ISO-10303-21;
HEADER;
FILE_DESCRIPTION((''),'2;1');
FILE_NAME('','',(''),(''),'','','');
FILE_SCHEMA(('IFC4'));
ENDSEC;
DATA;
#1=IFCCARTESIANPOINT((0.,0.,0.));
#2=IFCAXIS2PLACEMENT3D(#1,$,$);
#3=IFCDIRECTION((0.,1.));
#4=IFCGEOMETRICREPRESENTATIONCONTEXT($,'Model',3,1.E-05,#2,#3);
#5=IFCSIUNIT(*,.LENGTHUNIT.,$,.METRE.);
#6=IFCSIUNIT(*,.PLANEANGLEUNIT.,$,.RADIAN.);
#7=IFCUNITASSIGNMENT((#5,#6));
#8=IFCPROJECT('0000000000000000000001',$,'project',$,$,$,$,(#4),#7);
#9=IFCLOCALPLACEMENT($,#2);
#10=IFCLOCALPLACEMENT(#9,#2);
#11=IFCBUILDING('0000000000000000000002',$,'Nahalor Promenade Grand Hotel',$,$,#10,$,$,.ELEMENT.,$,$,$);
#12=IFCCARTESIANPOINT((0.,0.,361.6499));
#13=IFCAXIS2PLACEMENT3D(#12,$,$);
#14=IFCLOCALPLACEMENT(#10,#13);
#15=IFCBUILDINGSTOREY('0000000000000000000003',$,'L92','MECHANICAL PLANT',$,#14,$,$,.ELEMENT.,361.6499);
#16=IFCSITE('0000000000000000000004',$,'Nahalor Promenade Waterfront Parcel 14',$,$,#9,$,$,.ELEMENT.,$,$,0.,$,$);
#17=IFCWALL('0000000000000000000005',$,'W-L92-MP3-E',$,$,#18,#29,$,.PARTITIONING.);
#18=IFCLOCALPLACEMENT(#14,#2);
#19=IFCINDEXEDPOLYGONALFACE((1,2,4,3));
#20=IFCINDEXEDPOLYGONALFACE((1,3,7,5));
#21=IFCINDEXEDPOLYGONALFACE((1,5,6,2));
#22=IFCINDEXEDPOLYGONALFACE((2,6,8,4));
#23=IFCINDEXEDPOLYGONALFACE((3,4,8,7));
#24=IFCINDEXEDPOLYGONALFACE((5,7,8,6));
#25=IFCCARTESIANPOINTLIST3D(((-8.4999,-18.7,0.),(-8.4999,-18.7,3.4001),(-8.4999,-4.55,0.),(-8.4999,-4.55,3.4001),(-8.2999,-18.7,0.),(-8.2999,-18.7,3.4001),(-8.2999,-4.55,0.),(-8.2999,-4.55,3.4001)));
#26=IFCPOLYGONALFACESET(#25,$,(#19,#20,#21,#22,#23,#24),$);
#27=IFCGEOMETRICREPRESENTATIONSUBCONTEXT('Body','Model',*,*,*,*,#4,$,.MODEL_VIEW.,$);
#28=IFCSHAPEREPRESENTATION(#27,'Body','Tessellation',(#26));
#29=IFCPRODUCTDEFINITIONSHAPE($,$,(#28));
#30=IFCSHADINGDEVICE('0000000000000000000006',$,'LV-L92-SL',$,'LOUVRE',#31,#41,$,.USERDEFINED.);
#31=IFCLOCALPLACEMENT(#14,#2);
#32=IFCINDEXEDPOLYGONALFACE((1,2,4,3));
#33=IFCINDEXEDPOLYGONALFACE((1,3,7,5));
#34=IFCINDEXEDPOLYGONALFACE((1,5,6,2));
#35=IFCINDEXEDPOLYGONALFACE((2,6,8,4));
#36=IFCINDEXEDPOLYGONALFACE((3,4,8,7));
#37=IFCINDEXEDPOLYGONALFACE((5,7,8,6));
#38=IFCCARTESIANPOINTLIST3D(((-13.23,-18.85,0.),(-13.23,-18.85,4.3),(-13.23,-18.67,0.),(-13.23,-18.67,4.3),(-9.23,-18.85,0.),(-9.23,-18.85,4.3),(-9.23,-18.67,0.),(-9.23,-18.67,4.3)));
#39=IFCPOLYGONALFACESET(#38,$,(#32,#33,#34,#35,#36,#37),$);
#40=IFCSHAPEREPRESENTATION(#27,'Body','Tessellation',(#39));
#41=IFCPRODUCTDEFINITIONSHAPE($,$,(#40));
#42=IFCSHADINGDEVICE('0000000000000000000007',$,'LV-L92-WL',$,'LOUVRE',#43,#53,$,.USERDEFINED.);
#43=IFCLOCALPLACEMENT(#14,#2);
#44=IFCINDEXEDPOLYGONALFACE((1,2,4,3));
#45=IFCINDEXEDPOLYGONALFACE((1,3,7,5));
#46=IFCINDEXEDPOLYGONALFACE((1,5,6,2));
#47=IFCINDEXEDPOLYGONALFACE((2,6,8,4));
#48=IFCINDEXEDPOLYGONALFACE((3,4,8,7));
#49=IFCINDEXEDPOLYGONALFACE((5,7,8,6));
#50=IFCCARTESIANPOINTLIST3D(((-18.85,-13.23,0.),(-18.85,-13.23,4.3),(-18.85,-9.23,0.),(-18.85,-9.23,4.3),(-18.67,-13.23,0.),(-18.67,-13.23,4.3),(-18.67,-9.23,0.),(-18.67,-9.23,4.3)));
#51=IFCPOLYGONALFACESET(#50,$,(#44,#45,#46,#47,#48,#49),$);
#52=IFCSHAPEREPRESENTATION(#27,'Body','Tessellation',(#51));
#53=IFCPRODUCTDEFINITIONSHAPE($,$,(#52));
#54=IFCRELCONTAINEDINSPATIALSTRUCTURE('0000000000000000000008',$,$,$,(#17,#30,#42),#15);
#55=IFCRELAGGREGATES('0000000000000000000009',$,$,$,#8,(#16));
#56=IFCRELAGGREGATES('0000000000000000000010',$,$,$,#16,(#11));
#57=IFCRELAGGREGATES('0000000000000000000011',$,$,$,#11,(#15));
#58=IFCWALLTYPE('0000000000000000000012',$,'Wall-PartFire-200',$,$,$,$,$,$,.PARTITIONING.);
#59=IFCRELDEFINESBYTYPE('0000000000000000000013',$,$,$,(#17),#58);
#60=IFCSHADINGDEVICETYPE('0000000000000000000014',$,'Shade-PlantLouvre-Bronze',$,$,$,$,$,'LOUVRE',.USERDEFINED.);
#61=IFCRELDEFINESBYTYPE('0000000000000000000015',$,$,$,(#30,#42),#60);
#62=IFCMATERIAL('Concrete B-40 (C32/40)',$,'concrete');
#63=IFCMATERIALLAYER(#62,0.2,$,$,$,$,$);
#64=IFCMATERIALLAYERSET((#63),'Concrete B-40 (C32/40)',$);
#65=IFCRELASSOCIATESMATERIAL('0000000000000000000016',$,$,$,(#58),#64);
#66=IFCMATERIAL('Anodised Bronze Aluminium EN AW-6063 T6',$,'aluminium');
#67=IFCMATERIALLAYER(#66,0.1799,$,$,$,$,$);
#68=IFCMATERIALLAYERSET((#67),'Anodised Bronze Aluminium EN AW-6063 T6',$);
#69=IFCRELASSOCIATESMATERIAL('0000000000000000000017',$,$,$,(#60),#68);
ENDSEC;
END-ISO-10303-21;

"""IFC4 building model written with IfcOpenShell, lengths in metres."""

from ifc_helpers import new_model, si_unit, direction, frame, frame_2d, origin, origin_2d, place, context, subcontext, project, spatial, rectangle, extrude, source, transform, mapped, material, layer, layer_set, type_object, element, save


model = new_model("IFC4")

# Units and contexts
model_context = context("Model", 3, precision=1e-05, world=origin(), true_north=direction((0.0, 1.0)))
body_context = subcontext(model_context, "Body", "Model", "MODEL_VIEW")
ifc_project = project(units=[si_unit("LENGTHUNIT", "METRE"), si_unit("PLANEANGLEUNIT", "RADIAN")], contexts=[model_context])

# Site, building, storey
site_placement = place(None, origin())
site = spatial("IfcSite", under=ifc_project, at=site_placement, Name="Nahalor Promenade Waterfront Parcel 14", CompositionType="ELEMENT", RefElevation=0.0)
building_placement = place(site_placement, origin())
building = spatial("IfcBuilding", under=site, at=building_placement, Name="Nahalor Promenade Grand Hotel", CompositionType="ELEMENT")
storey_placement = place(building_placement, frame((0.0, 0.0, 361.6499)))
storey = spatial("IfcBuildingStorey", under=building, at=storey_placement, Name="L92", Description="MECHANICAL PLANT", CompositionType="ELEMENT", Elevation=361.6499)

# Shared definitions
ifc_material_1 = material(Name="Anodised Bronze Aluminium EN AW-6063 T6", Category="aluminium")

# Wall
ifc_material_2 = material(Name="Concrete B-40 (C32/40)", Category="concrete")
ifc_layer_1 = layer(ifc_material_2, 0.2)
ifc_layer_set_1 = layer_set([ifc_layer_1], Name="Concrete B-40 (C32/40)")
wall_type_1 = type_object("IfcWallType", Name="Wall-PartFire-200", PredefinedType="PARTITIONING", material=ifc_layer_set_1)
shared_shape_1 = source(origin(), body_context, "Body", "SweptSolid", [
    extrude(rectangle(XDim=14.1499, YDim=0.2, at=frame_2d((7.075, 0.0))), origin(), (0.0, 0.0, 1.0), 3.4001),
])
wall_placement = place(storey_placement, frame((-8.3999, -18.7, 0.0), z_axis=(0.0, 0.0, 1.0), x_axis=(0.0, 1.0, 0.0)))
element("IfcWall", 1, at=wall_placement, inside=storey, type_object=wall_type_1, Name="W-L92-MP3-E", PredefinedType="PARTITIONING", context=body_context, shape_type="MappedRepresentation", body=[
    mapped(shared_shape_1, transform((0.0, 0.0, 0.0), scale=1.0)),
])

# Shading devices
ifc_layer_2 = layer(ifc_material_1, 0.1799)
ifc_layer_set_2 = layer_set([ifc_layer_2], Name="Anodised Bronze Aluminium EN AW-6063 T6")
shading_device_type = type_object("IfcShadingDeviceType", Name="Shade-PlantLouvre-Bronze", ElementType="LOUVRE", PredefinedType="USERDEFINED", material=ifc_layer_set_2)
shared_shape_2 = source(origin(), body_context, "Body", "SweptSolid", [
    extrude(rectangle(XDim=4.0, YDim=0.1799, at=origin_2d()), origin(), (0.0, 0.0, 1.0), 4.3),
])
for number, where, z_axis, x_axis, name in (
    (2, (-11.23, -18.76, 0.0), (0.0, 0.0, 1.0), (1.0, 0.0, 0.0), "LV-L92-SL"),
    (3, (-18.76, -11.23, 0.0), (0.0, 0.0, 1.0), (0.0, 1.0, 0.0), "LV-L92-WL"),
):
    element("IfcShadingDevice", number, at=place(storey_placement, frame(where, z_axis=z_axis, x_axis=x_axis)), inside=storey, type_object=shading_device_type, Name=name, ObjectType="LOUVRE", PredefinedType="USERDEFINED", context=body_context, shape_type="MappedRepresentation", body=[
        mapped(shared_shape_2, transform((0.0, 0.0, 0.0), scale=1.0)),
    ])

save(model, "model.ifc")
